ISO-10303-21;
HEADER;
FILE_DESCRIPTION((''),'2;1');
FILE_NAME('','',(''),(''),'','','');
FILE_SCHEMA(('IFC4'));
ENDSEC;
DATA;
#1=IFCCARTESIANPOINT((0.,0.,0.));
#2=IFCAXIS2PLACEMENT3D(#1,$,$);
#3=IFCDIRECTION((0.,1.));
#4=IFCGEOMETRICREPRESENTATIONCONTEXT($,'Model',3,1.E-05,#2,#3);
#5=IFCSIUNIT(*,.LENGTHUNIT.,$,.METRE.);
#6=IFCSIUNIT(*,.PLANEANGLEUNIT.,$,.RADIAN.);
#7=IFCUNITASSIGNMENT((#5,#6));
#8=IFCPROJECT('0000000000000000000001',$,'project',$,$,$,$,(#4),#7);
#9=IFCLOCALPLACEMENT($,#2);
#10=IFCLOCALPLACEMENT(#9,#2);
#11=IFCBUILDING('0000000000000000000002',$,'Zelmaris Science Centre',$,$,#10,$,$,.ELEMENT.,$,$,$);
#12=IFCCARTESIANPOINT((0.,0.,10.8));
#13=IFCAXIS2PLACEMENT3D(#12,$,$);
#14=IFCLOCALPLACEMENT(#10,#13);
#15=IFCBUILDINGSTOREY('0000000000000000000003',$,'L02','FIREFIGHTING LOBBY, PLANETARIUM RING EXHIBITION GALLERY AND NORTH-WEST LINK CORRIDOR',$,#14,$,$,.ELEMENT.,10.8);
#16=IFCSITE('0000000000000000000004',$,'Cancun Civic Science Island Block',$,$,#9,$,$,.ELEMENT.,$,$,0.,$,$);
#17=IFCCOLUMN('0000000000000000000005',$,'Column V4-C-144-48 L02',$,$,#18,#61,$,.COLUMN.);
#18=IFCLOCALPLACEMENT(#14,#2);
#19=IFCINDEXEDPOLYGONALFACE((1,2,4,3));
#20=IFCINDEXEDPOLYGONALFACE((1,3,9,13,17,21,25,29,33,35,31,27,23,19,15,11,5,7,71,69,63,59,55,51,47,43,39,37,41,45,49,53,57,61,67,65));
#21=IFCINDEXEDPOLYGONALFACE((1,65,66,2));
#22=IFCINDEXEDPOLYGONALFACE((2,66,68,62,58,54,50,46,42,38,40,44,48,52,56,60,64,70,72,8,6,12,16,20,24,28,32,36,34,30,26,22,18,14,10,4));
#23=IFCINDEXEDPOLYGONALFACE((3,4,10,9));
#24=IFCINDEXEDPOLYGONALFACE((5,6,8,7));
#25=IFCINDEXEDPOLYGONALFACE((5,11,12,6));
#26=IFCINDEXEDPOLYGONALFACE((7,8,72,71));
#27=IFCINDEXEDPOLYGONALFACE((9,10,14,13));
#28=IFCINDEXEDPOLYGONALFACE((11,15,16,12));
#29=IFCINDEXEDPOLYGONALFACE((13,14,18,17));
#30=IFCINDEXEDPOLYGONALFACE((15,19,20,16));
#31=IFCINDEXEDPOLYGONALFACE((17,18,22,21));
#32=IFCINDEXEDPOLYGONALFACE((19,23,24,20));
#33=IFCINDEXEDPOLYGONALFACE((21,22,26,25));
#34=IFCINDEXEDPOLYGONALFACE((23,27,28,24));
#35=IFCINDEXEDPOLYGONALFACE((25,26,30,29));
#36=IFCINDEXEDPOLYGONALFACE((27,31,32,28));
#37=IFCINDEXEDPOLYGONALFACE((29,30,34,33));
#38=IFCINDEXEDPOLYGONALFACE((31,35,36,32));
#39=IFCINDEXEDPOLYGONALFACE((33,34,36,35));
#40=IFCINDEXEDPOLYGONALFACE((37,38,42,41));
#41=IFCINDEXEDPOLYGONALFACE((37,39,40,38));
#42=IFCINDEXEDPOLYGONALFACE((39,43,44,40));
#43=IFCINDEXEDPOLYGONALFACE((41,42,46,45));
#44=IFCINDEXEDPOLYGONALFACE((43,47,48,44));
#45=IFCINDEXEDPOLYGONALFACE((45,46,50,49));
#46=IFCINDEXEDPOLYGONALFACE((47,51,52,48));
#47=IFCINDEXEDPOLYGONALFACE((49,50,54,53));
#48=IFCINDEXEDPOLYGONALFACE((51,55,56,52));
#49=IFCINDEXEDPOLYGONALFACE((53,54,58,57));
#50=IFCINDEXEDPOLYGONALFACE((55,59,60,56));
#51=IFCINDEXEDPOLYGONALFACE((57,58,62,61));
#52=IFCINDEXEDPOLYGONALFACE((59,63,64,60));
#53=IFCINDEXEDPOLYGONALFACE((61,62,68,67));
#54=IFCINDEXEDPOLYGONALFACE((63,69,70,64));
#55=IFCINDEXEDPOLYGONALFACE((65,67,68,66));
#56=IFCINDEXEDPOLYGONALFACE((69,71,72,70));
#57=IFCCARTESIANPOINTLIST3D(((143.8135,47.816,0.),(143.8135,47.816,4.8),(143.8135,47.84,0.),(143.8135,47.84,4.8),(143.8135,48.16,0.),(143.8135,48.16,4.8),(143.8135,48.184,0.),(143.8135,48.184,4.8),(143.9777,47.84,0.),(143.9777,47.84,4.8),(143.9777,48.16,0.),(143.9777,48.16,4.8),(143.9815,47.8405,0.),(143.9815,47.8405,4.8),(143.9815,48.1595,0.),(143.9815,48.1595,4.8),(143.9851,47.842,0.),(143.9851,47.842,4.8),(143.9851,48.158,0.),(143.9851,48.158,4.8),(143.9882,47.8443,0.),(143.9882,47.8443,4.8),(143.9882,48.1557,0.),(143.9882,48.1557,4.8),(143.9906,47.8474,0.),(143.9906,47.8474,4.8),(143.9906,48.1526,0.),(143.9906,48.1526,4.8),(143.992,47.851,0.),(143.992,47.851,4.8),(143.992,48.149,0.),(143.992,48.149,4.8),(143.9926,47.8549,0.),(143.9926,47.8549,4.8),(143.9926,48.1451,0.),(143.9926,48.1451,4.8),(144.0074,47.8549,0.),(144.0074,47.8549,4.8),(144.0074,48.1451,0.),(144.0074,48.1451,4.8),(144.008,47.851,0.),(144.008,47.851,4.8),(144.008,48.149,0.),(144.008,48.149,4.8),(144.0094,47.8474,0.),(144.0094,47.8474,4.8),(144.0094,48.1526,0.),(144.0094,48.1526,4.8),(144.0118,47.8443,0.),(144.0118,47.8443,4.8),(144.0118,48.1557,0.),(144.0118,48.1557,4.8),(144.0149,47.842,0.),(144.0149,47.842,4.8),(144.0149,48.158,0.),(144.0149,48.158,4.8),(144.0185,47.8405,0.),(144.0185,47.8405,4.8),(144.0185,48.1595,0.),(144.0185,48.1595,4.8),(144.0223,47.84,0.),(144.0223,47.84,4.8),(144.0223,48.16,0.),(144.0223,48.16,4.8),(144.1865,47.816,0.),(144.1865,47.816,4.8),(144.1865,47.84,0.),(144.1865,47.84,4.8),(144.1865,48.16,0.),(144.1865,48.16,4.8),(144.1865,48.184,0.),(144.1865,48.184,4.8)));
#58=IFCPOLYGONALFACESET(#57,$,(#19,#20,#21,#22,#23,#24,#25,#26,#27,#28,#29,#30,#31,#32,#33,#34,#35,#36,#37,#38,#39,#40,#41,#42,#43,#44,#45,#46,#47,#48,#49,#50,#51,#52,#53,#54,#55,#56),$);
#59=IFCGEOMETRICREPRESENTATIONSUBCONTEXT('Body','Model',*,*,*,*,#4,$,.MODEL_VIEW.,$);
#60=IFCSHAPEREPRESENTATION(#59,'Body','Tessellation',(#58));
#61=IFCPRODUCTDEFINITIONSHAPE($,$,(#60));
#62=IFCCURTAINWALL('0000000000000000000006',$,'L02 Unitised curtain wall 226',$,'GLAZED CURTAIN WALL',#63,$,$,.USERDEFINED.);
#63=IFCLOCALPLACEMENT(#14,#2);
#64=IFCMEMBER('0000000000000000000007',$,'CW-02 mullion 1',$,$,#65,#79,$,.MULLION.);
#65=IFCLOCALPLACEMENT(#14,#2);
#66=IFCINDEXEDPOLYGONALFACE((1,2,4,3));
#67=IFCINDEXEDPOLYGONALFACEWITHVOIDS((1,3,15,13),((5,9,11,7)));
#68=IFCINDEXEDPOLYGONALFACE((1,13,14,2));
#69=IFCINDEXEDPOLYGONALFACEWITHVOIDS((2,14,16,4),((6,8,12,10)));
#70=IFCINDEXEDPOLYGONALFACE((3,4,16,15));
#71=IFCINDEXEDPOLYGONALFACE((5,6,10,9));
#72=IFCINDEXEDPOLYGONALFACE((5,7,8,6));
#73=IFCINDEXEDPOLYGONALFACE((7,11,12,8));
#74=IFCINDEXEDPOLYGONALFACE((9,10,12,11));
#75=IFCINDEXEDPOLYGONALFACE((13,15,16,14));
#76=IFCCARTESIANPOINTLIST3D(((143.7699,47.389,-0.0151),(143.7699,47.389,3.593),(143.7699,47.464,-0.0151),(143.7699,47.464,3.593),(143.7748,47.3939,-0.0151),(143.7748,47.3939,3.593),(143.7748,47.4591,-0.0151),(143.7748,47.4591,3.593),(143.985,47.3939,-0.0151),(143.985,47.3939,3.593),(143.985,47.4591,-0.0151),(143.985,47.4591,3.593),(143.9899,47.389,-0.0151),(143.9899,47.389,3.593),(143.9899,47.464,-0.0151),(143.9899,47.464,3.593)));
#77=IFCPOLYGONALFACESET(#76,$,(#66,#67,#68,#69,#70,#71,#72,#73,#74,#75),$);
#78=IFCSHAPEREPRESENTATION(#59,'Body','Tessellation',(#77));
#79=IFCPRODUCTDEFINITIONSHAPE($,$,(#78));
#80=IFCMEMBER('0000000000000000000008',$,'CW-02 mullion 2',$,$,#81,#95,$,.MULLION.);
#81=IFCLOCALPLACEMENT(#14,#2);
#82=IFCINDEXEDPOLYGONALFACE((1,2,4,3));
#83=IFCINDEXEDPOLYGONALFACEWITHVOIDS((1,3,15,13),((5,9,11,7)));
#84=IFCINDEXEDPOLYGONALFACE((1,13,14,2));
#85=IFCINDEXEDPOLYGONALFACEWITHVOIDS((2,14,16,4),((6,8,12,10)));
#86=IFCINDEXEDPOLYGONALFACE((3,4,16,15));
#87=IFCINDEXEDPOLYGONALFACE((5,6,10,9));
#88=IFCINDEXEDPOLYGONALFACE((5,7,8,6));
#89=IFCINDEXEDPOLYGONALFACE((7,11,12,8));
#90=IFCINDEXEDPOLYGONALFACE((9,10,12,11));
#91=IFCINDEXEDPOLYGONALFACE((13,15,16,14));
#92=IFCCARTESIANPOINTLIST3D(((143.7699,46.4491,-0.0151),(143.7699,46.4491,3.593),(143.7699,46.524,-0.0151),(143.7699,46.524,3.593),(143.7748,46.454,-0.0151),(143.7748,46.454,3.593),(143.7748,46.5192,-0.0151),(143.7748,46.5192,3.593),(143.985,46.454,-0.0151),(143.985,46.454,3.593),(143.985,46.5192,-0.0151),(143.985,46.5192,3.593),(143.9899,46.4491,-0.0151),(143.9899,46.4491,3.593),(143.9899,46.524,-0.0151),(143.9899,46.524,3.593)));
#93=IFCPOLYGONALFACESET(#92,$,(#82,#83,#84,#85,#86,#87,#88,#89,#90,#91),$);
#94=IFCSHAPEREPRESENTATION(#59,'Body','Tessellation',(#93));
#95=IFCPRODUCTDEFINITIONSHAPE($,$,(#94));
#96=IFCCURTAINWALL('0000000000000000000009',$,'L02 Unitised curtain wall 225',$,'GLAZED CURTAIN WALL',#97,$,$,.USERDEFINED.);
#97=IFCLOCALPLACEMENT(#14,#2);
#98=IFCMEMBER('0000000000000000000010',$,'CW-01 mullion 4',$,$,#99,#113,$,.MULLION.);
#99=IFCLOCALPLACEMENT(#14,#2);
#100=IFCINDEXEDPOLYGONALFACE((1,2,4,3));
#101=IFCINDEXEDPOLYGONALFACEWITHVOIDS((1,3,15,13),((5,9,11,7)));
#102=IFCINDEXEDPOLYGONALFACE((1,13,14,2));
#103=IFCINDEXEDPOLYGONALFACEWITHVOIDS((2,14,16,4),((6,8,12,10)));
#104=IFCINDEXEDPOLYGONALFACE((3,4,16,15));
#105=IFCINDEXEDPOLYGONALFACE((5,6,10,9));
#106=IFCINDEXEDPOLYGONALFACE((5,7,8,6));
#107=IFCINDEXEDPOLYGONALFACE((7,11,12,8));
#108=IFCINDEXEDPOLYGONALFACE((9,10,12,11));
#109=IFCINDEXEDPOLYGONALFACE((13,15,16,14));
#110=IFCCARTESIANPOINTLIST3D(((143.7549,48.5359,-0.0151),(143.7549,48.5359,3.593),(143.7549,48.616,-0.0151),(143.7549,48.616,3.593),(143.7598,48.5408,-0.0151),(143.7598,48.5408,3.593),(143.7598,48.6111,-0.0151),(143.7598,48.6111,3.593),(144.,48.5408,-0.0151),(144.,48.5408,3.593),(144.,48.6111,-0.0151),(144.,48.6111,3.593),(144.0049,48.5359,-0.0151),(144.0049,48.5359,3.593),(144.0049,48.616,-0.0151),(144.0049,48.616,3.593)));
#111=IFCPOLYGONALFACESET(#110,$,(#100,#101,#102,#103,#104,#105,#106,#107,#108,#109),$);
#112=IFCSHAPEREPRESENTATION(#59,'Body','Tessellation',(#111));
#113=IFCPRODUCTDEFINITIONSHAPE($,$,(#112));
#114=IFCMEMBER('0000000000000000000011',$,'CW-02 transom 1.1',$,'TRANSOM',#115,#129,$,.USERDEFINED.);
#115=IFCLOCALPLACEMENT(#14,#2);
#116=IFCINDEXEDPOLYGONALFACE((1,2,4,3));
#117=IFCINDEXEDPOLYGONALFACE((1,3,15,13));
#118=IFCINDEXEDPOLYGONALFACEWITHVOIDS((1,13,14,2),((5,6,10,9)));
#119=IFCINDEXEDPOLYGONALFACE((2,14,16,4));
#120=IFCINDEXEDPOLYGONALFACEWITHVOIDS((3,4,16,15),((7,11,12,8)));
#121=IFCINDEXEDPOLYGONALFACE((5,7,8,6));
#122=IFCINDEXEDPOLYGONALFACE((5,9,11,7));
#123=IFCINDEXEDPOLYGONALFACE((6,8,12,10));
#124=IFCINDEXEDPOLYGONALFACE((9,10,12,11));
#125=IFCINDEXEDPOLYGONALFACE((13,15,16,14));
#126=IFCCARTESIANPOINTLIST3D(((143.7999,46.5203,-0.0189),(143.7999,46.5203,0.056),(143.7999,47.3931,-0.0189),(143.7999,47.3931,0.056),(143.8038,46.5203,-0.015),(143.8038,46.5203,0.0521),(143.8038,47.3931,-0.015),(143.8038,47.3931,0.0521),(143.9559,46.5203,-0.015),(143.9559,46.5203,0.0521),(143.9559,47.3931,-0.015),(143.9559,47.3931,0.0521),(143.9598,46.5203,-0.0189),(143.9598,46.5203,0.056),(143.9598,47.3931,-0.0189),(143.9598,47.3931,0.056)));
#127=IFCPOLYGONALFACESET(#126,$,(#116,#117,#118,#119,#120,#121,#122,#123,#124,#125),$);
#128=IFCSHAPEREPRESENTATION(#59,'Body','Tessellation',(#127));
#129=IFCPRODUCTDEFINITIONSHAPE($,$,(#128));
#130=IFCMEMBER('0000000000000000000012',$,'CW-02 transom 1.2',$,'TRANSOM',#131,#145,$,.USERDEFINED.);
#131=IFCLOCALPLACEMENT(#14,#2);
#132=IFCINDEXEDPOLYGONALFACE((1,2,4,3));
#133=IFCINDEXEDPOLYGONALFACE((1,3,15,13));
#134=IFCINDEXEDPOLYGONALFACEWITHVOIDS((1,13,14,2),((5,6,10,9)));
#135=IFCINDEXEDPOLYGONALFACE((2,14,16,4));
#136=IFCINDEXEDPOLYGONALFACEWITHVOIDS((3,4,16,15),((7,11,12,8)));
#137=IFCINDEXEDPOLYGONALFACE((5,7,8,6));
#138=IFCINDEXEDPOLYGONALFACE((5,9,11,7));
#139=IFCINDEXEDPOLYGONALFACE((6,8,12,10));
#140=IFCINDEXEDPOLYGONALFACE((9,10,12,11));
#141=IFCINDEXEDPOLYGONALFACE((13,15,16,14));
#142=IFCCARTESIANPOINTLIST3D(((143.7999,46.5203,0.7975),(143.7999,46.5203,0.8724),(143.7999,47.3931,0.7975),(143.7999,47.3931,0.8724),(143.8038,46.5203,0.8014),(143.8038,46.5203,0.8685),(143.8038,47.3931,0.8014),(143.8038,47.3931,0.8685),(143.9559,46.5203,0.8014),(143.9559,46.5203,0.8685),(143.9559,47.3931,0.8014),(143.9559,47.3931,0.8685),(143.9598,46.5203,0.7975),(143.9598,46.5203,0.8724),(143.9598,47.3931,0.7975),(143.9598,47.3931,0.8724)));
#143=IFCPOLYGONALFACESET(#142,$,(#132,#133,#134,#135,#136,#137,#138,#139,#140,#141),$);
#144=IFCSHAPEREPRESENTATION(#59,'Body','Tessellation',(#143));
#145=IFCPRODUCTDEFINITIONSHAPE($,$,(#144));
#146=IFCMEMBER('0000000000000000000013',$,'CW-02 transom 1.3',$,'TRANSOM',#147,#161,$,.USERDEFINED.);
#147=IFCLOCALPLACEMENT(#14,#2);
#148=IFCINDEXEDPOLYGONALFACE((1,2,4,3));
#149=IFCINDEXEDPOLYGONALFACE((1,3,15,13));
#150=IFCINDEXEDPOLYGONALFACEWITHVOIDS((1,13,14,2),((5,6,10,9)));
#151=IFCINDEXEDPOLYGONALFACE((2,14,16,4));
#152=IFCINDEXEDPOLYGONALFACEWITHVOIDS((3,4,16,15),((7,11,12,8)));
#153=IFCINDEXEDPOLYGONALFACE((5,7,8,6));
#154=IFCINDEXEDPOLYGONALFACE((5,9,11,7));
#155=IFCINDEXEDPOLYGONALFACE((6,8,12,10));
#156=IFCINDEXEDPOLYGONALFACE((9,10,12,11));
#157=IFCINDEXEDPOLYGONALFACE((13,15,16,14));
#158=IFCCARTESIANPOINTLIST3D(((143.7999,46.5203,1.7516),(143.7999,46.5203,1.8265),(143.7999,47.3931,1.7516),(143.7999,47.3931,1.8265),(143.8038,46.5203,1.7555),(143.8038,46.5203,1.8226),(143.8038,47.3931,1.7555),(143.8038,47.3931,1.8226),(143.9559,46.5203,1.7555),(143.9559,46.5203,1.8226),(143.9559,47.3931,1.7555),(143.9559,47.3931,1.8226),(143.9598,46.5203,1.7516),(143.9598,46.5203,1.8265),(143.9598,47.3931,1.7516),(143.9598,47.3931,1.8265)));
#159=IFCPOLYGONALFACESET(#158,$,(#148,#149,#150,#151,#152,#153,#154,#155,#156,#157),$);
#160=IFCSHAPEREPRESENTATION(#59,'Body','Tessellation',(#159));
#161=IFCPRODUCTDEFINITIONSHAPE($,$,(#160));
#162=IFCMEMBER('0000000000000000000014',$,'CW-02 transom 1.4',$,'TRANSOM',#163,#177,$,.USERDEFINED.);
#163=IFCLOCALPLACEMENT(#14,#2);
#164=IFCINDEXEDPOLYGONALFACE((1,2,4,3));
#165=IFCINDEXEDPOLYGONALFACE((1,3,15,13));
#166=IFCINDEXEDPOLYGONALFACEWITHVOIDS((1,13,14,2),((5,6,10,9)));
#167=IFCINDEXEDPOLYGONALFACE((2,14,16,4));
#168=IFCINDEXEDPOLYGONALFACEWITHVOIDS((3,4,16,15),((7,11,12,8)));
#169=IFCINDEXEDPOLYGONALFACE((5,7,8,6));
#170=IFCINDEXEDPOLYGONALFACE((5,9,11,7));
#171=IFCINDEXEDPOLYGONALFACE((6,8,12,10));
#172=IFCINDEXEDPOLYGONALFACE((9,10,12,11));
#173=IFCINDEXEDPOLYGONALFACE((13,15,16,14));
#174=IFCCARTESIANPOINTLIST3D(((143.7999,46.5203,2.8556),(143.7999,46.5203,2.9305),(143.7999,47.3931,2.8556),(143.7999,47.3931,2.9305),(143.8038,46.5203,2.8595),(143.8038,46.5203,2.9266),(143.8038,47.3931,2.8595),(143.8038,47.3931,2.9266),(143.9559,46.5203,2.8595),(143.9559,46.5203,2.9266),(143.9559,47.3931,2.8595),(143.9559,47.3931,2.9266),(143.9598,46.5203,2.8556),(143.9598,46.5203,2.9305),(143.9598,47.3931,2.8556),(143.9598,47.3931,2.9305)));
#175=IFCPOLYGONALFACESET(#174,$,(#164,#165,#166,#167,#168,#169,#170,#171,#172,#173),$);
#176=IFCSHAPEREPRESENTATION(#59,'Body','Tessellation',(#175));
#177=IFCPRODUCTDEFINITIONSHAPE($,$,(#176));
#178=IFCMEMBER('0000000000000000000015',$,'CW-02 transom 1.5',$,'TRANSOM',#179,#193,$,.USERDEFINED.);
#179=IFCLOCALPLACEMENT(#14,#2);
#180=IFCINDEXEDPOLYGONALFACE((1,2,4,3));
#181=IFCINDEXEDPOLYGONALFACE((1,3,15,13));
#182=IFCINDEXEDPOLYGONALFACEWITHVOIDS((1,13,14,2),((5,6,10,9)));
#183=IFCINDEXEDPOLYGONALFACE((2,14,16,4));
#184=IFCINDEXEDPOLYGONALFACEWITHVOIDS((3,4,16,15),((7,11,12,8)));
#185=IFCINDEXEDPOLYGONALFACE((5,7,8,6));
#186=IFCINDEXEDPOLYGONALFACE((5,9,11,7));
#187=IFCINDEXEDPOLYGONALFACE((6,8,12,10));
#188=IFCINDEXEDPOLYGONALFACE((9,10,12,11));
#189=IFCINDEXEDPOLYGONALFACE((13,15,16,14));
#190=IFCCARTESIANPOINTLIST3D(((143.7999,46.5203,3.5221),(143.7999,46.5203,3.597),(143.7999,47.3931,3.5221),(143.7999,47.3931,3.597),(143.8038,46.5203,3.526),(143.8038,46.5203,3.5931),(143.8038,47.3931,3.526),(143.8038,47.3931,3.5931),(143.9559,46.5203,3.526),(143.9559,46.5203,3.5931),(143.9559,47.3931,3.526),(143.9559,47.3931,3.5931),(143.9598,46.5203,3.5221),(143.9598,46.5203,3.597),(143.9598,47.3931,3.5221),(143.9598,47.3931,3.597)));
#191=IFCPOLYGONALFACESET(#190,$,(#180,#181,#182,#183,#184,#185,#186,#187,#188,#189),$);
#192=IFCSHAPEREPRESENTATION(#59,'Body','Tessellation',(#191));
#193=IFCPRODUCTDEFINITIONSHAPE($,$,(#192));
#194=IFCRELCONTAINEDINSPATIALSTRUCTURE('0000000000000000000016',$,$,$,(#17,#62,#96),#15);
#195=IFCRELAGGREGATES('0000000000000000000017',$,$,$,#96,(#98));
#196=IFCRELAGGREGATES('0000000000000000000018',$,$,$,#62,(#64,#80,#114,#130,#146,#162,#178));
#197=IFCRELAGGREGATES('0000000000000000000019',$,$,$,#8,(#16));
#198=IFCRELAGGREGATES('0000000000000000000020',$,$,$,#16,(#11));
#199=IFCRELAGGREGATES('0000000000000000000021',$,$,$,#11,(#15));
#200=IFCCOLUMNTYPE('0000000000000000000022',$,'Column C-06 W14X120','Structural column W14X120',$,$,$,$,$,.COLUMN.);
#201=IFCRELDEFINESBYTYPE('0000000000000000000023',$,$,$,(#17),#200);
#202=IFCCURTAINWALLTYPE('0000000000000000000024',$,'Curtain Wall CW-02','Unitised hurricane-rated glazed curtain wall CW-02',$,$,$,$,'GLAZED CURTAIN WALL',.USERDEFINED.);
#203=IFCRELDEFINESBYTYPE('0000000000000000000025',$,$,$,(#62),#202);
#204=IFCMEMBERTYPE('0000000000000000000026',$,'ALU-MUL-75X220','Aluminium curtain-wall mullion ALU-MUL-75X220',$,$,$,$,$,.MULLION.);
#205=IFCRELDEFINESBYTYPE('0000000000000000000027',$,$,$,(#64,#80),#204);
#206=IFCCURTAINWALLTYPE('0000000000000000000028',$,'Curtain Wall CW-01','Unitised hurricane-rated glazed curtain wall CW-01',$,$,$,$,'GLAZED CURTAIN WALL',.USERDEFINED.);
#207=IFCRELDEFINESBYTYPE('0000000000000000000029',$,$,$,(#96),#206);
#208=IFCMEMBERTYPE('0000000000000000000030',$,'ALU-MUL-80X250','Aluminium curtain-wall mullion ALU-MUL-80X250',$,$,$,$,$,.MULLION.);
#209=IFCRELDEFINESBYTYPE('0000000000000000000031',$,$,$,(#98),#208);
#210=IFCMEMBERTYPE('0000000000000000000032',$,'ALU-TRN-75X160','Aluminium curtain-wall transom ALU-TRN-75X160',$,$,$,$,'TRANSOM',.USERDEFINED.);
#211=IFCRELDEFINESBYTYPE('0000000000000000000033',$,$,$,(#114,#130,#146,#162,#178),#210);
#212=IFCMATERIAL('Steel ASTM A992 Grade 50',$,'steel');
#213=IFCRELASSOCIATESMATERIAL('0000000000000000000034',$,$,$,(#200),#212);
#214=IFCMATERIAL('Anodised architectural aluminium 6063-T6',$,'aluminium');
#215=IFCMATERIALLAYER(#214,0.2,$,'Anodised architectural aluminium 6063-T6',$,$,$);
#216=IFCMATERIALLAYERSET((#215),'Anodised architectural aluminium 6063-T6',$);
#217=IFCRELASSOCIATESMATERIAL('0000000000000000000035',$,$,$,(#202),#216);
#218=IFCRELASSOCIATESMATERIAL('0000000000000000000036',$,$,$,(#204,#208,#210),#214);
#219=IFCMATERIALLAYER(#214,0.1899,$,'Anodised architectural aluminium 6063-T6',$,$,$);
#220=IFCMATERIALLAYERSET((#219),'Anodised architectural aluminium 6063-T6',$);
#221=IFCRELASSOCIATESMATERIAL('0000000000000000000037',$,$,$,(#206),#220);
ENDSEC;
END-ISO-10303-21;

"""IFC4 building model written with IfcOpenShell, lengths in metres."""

from ifc_helpers import new_model, si_unit, direction, frame, origin, origin_2d, place, context, subcontext, project, spatial, hollow_rectangle, i_section, extrude, material, layer, layer_set, material_profile, profile_set, type_object, element, aggregate, save


model = new_model("IFC4")

# Units and contexts
model_context = context("Model", 3, precision=1e-05, world=origin(), true_north=direction((0.0, 1.0)))
body_context = subcontext(model_context, "Body", "Model", "MODEL_VIEW")
ifc_project = project(units=[si_unit("LENGTHUNIT", "METRE"), si_unit("PLANEANGLEUNIT", "RADIAN")], contexts=[model_context])

# Site, building, storey
site_placement = place(None, origin())
site = spatial("IfcSite", under=ifc_project, at=site_placement, Name="Cancun Civic Science Island Block", CompositionType="ELEMENT", RefElevation=0.0)
building_placement = place(site_placement, origin())
building = spatial("IfcBuilding", under=site, at=building_placement, Name="Zelmaris Science Centre", CompositionType="ELEMENT")
storey_placement = place(building_placement, frame((0.0, 0.0, 10.8)))
storey = spatial("IfcBuildingStorey", under=building, at=storey_placement, Name="L02", Description="FIREFIGHTING LOBBY, PLANETARIUM RING EXHIBITION GALLERY AND NORTH-WEST LINK CORRIDOR", CompositionType="ELEMENT", Elevation=10.8)

# Column
ifc_material_1 = material(Name="Steel ASTM A992 Grade 50", Category="steel")
ifc_material_profile_1 = material_profile(ifc_material_1, i_section(OverallWidth=0.373, OverallDepth=0.3679, WebThickness=0.0149, FlangeThickness=0.0239, FilletRadius=0.0149, at=origin_2d()), Name="W14X120")
ifc_profile_set_1 = profile_set([ifc_material_profile_1], Name="Steel ASTM A992 Grade 50")
column_type = type_object("IfcColumnType", Name="Column C-06 W14X120", Description="Structural column W14X120", PredefinedType="COLUMN", material=ifc_profile_set_1)
column_placement = place(storey_placement, frame((144.0, 48.0, 0.0), z_axis=(0.0, 0.0, 1.0), x_axis=(1.0, 0.0, 0.0)))
element("IfcColumn", 1, at=column_placement, inside=storey, type_object=column_type, Name="Column V4-C-144-48 L02", PredefinedType="COLUMN", context=body_context, shape_type="SweptSolid", body=[
    extrude(i_section(OverallWidth=0.373, OverallDepth=0.3679, WebThickness=0.0149, FlangeThickness=0.0239, FilletRadius=0.0149, at=origin_2d()), origin(), (0.0, 0.0, 1.0), 4.8),
])

# Curtain wall, members
ifc_material_2 = material(Name="Anodised architectural aluminium 6063-T6", Category="aluminium")
ifc_layer_1 = layer(ifc_material_2, 0.2, Name="Anodised architectural aluminium 6063-T6")
ifc_layer_set_1 = layer_set([ifc_layer_1], Name="Anodised architectural aluminium 6063-T6")
curtain_wall_type_1 = type_object("IfcCurtainWallType", Name="Curtain Wall CW-02", Description="Unitised hurricane-rated glazed curtain wall CW-02", ElementType="GLAZED CURTAIN WALL", PredefinedType="USERDEFINED", material=ifc_layer_set_1)
curtain_wall_1_placement = place(storey_placement, origin())
curtain_wall_1 = element("IfcCurtainWall", 2, at=curtain_wall_1_placement, inside=storey, type_object=curtain_wall_type_1, Name="L02 Unitised curtain wall 226", ObjectType="GLAZED CURTAIN WALL", PredefinedType="USERDEFINED")
ifc_material_profile_2 = material_profile(ifc_material_2, hollow_rectangle(XDim=0.075, YDim=0.22, WallThickness=0.0049, at=origin_2d()), Name="ALU-MUL-75X220")
ifc_profile_set_2 = profile_set([ifc_material_profile_2], Name="Anodised architectural aluminium 6063-T6")
member_type_1 = type_object("IfcMemberType", Name="ALU-MUL-75X220", Description="Aluminium curtain-wall mullion ALU-MUL-75X220", PredefinedType="MULLION", material=ifc_profile_set_2)
member_1_placement = place(storey_placement, frame((143.8799, 47.4265, -0.0151), z_axis=(0.0, 0.0, 1.0), x_axis=(0.0, -1.0, 0.0)))
member_1 = element("IfcMember", 3, at=member_1_placement, type_object=member_type_1, Name="CW-02 mullion 1", PredefinedType="MULLION", context=body_context, shape_type="SweptSolid", body=[
    extrude(hollow_rectangle(XDim=0.075, YDim=0.22, WallThickness=0.0049, at=origin_2d()), origin(), (0.0, 0.0, 1.0), 3.6082),
])
member_2_placement = place(storey_placement, frame((143.8799, 46.4866, -0.0151), z_axis=(0.0, 0.0, 1.0), x_axis=(0.0, -1.0, 0.0)))
member_2 = element("IfcMember", 4, at=member_2_placement, type_object=member_type_1, Name="CW-02 mullion 2", PredefinedType="MULLION", context=body_context, shape_type="SweptSolid", body=[
    extrude(hollow_rectangle(XDim=0.075, YDim=0.22, WallThickness=0.0049, at=origin_2d()), origin(), (0.0, 0.0, 1.0), 3.6082),
])

# Curtain wall, member
ifc_layer_2 = layer(ifc_material_2, 0.1899, Name="Anodised architectural aluminium 6063-T6")
ifc_layer_set_2 = layer_set([ifc_layer_2], Name="Anodised architectural aluminium 6063-T6")
curtain_wall_type_2 = type_object("IfcCurtainWallType", Name="Curtain Wall CW-01", Description="Unitised hurricane-rated glazed curtain wall CW-01", ElementType="GLAZED CURTAIN WALL", PredefinedType="USERDEFINED", material=ifc_layer_set_2)
curtain_wall_2_placement = place(storey_placement, origin())
curtain_wall_2 = element("IfcCurtainWall", 5, at=curtain_wall_2_placement, inside=storey, type_object=curtain_wall_type_2, Name="L02 Unitised curtain wall 225", ObjectType="GLAZED CURTAIN WALL", PredefinedType="USERDEFINED")
ifc_material_profile_3 = material_profile(ifc_material_2, hollow_rectangle(XDim=0.0801, YDim=0.25, WallThickness=0.0049, at=origin_2d()), Name="ALU-MUL-80X250")
ifc_profile_set_3 = profile_set([ifc_material_profile_3], Name="Anodised architectural aluminium 6063-T6")
member_type_2 = type_object("IfcMemberType", Name="ALU-MUL-80X250", Description="Aluminium curtain-wall mullion ALU-MUL-80X250", PredefinedType="MULLION", material=ifc_profile_set_3)
member_3_placement = place(storey_placement, frame((143.8799, 48.5759, -0.0151), z_axis=(0.0, 0.0, 1.0), x_axis=(0.0, -1.0, 0.0)))
member_3 = element("IfcMember", 6, at=member_3_placement, type_object=member_type_2, Name="CW-01 mullion 4", PredefinedType="MULLION", context=body_context, shape_type="SweptSolid", body=[
    extrude(hollow_rectangle(XDim=0.0801, YDim=0.25, WallThickness=0.0049, at=origin_2d()), origin(), (0.0, 0.0, 1.0), 3.6082),
])

# Members
ifc_material_profile_4 = material_profile(ifc_material_2, hollow_rectangle(XDim=0.075, YDim=0.1599, WallThickness=0.0039, at=origin_2d()), Name="ALU-TRN-75X160")
ifc_profile_set_4 = profile_set([ifc_material_profile_4], Name="Anodised architectural aluminium 6063-T6")
member_type_3 = type_object("IfcMemberType", Name="ALU-TRN-75X160", Description="Aluminium curtain-wall transom ALU-TRN-75X160", ElementType="TRANSOM", PredefinedType="USERDEFINED", material=ifc_profile_set_4)
member_4_placement = place(storey_placement, frame((143.8799, 47.3931, 0.0186), z_axis=(0.0, -1.0, 0.0), x_axis=(0.0, 0.0, 1.0)))
member_4 = element("IfcMember", 7, at=member_4_placement, type_object=member_type_3, Name="CW-02 transom 1.1", ObjectType="TRANSOM", PredefinedType="USERDEFINED", context=body_context, shape_type="SweptSolid", body=[
    extrude(hollow_rectangle(XDim=0.075, YDim=0.1599, WallThickness=0.0039, at=origin_2d()), origin(), (0.0, 0.0, 1.0), 0.8728),
])
member_5_placement = place(storey_placement, frame((143.8799, 47.3931, 0.835), z_axis=(0.0, -1.0, 0.0), x_axis=(0.0, 0.0, 1.0)))
member_5 = element("IfcMember", 8, at=member_5_placement, type_object=member_type_3, Name="CW-02 transom 1.2", ObjectType="TRANSOM", PredefinedType="USERDEFINED", context=body_context, shape_type="SweptSolid", body=[
    extrude(hollow_rectangle(XDim=0.075, YDim=0.1599, WallThickness=0.0039, at=origin_2d()), origin(), (0.0, 0.0, 1.0), 0.8728),
])
member_6_placement = place(storey_placement, frame((143.8799, 47.3931, 1.7891), z_axis=(0.0, -1.0, 0.0), x_axis=(0.0, 0.0, 1.0)))
member_6 = element("IfcMember", 9, at=member_6_placement, type_object=member_type_3, Name="CW-02 transom 1.3", ObjectType="TRANSOM", PredefinedType="USERDEFINED", context=body_context, shape_type="SweptSolid", body=[
    extrude(hollow_rectangle(XDim=0.075, YDim=0.1599, WallThickness=0.0039, at=origin_2d()), origin(), (0.0, 0.0, 1.0), 0.8728),
])
member_7_placement = place(storey_placement, frame((143.8799, 47.3931, 2.8931), z_axis=(0.0, -1.0, 0.0), x_axis=(0.0, 0.0, 1.0)))
member_7 = element("IfcMember", 10, at=member_7_placement, type_object=member_type_3, Name="CW-02 transom 1.4", ObjectType="TRANSOM", PredefinedType="USERDEFINED", context=body_context, shape_type="SweptSolid", body=[
    extrude(hollow_rectangle(XDim=0.075, YDim=0.1599, WallThickness=0.0039, at=origin_2d()), origin(), (0.0, 0.0, 1.0), 0.8728),
])
member_8_placement = place(storey_placement, frame((143.8799, 47.3931, 3.5596), z_axis=(0.0, -1.0, 0.0), x_axis=(0.0, 0.0, 1.0)))
member_8 = element("IfcMember", 11, at=member_8_placement, type_object=member_type_3, Name="CW-02 transom 1.5", ObjectType="TRANSOM", PredefinedType="USERDEFINED", context=body_context, shape_type="SweptSolid", body=[
    extrude(hollow_rectangle(XDim=0.075, YDim=0.1599, WallThickness=0.0039, at=origin_2d()), origin(), (0.0, 0.0, 1.0), 0.8728),
])

aggregate(curtain_wall_2, [member_3])
aggregate(curtain_wall_1, [member_1, member_2, member_4, member_5, member_6, member_7, member_8])

save(model, "model.ifc")
